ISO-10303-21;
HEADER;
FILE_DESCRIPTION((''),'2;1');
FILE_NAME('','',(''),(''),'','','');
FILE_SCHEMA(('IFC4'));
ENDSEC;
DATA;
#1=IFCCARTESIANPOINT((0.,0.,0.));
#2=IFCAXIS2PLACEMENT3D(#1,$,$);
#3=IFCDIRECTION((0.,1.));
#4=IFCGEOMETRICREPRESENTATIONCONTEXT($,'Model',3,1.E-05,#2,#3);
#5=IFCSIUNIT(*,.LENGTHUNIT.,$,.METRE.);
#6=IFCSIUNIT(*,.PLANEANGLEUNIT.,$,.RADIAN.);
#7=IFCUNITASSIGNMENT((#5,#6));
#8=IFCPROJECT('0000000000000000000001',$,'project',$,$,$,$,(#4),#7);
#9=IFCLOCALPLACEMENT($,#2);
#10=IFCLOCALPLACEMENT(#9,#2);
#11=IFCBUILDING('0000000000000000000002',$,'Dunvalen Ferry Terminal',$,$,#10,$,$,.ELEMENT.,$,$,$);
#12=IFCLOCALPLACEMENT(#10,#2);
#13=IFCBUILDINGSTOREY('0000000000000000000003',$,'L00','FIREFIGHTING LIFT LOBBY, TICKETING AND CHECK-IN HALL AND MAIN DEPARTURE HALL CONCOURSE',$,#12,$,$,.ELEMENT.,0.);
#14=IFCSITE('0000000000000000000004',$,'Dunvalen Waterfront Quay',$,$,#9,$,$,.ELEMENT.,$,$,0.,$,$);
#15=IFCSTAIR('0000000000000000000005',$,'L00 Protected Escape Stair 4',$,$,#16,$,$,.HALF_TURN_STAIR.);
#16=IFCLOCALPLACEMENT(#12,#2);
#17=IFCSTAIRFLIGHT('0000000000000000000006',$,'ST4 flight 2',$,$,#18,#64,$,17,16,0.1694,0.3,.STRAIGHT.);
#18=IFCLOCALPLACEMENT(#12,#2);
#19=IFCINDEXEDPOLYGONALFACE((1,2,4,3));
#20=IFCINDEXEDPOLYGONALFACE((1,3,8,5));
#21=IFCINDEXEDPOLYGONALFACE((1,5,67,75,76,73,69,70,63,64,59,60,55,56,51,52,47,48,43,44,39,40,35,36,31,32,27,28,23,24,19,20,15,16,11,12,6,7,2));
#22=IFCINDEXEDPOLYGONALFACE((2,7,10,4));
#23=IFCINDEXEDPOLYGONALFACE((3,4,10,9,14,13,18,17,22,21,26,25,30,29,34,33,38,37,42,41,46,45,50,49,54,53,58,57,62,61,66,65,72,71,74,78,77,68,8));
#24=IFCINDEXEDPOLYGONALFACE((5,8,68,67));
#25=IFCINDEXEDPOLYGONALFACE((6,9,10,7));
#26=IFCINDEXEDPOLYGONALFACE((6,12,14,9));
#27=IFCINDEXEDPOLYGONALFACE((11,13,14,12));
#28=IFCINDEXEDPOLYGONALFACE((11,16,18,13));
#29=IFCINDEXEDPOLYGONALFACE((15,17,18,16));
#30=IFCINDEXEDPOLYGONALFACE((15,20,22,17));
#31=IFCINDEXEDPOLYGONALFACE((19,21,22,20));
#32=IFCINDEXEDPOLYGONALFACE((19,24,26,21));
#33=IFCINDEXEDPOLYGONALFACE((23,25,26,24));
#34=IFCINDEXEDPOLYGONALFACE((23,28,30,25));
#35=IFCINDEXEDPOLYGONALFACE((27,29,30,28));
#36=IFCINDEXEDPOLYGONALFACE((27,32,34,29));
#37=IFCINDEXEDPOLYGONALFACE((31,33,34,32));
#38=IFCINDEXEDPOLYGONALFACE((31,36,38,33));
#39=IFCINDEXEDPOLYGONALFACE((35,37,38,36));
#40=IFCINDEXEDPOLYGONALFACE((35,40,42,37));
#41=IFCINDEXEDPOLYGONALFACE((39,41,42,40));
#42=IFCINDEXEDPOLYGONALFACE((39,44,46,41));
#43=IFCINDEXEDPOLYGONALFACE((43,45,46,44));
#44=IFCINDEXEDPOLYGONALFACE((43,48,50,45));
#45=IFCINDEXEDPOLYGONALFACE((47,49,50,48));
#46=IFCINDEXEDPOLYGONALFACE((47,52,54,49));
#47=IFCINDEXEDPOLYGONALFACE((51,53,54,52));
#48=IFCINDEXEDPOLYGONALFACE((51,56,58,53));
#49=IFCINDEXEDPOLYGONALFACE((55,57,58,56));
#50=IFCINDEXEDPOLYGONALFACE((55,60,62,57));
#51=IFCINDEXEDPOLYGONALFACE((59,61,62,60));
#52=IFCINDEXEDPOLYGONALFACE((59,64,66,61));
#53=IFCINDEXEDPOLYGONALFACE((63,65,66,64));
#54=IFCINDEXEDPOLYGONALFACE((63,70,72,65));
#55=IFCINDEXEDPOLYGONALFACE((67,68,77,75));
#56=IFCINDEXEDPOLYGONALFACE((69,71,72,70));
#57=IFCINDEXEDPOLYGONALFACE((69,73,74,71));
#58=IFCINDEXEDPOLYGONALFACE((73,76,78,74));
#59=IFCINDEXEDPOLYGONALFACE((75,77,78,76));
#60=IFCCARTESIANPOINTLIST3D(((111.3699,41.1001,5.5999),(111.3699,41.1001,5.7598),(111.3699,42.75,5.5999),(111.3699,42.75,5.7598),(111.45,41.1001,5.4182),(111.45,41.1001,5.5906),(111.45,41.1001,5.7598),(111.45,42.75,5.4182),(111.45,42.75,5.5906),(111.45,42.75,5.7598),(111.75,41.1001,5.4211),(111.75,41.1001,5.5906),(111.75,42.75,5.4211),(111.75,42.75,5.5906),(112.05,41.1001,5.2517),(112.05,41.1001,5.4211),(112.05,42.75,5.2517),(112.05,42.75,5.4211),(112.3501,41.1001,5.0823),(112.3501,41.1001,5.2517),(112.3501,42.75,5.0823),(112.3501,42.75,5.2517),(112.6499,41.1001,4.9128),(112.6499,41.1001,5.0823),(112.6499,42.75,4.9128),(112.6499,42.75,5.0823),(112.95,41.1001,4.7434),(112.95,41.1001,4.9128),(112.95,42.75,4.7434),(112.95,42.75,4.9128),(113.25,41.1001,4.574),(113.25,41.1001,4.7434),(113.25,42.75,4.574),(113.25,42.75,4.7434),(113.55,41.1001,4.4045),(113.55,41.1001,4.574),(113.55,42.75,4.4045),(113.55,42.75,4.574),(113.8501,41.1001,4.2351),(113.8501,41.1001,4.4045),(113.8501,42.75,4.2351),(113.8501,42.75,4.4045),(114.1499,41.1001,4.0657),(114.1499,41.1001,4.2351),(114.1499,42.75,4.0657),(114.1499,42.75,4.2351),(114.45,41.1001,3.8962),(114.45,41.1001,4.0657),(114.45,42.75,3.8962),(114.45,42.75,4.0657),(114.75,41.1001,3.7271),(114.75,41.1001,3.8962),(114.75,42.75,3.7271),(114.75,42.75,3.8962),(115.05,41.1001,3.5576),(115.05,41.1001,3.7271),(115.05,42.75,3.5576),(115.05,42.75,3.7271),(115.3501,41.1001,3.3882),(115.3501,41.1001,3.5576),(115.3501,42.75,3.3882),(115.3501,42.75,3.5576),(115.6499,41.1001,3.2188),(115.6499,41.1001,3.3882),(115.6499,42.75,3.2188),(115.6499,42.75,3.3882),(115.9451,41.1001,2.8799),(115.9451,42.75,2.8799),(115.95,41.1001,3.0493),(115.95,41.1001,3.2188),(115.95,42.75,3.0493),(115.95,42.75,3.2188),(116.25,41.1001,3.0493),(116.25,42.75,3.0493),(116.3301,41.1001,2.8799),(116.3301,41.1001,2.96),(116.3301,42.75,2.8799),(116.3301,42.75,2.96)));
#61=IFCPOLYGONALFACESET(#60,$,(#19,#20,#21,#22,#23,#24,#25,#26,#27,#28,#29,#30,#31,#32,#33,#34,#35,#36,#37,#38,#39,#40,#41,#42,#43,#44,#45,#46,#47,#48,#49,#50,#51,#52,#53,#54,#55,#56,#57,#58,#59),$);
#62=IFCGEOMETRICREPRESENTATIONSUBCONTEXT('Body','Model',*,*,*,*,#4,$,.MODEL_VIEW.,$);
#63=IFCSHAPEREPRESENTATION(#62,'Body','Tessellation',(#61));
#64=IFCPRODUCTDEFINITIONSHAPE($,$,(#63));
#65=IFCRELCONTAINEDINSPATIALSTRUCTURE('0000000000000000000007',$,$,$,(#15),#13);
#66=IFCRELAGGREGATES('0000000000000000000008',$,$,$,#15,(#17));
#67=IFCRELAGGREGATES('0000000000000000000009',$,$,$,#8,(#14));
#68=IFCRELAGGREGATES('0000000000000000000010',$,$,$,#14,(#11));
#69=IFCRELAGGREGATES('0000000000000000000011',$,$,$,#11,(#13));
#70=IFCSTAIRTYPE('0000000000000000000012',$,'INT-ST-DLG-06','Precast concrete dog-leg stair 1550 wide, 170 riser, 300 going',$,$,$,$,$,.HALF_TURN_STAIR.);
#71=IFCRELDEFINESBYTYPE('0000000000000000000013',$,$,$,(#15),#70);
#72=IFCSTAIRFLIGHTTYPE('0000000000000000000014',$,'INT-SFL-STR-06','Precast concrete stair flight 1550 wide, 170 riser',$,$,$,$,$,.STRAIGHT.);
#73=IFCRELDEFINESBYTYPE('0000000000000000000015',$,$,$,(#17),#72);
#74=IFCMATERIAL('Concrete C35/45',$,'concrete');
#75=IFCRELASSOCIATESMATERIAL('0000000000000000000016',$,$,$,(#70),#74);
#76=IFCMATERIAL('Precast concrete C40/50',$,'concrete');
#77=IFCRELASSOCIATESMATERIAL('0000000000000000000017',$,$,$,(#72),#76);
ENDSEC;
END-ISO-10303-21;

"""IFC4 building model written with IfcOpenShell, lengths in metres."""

from ifc_helpers import new_model, si_unit, direction, frame, origin, place, context, subcontext, project, spatial, polyline, outline, extrude, material, type_object, element, aggregate, save


model = new_model("IFC4")

# Units and contexts
model_context = context("Model", 3, precision=1e-05, world=origin(), true_north=direction((0.0, 1.0)))
body_context = subcontext(model_context, "Body", "Model", "MODEL_VIEW")
ifc_project = project(units=[si_unit("LENGTHUNIT", "METRE"), si_unit("PLANEANGLEUNIT", "RADIAN")], contexts=[model_context])

# Site, building, storey
site_placement = place(None, origin())
site = spatial("IfcSite", under=ifc_project, at=site_placement, Name="Dunvalen Waterfront Quay", CompositionType="ELEMENT", RefElevation=0.0)
building_placement = place(site_placement, origin())
building = spatial("IfcBuilding", under=site, at=building_placement, Name="Dunvalen Ferry Terminal", CompositionType="ELEMENT")
storey_placement = place(building_placement, origin())
storey = spatial("IfcBuildingStorey", under=building, at=storey_placement, Name="L00", Description="FIREFIGHTING LIFT LOBBY, TICKETING AND CHECK-IN HALL AND MAIN DEPARTURE HALL CONCOURSE", CompositionType="ELEMENT", Elevation=0.0)

# Stair, stair flight
ifc_material_1 = material(Name="Concrete C35/45", Category="concrete")
stair_type = type_object("IfcStairType", Name="INT-ST-DLG-06", Description="Precast concrete dog-leg stair 1550 wide, 170 riser, 300 going", PredefinedType="HALF_TURN_STAIR", material=ifc_material_1)
stair_placement = place(storey_placement, origin())
stair = element("IfcStair", 1, at=stair_placement, inside=storey, type_object=stair_type, Name="L00 Protected Escape Stair 4", PredefinedType="HALF_TURN_STAIR")
ifc_material_2 = material(Name="Precast concrete C40/50", Category="concrete")
stair_flight_type = type_object("IfcStairFlightType", Name="INT-SFL-STR-06", Description="Precast concrete stair flight 1550 wide, 170 riser", PredefinedType="STRAIGHT", material=ifc_material_2)
stair_flight_placement = place(storey_placement, frame((116.25, 41.925, 2.8799), z_axis=(0.0, 0.0, 1.0), x_axis=(-1.0, 0.0, 0.0)))
stair_flight = element("IfcStairFlight", 2, at=stair_flight_placement, type_object=stair_flight_type, Name="ST4 flight 2", NumberOfRisers=17, NumberOfTreads=16, PredefinedType="STRAIGHT", RiserHeight=0.1694, TreadLength=0.3, context=body_context, shape_type="SweptSolid", body=[
    extrude(outline(polyline([(-0.0801, 0.0), (-0.0801, 0.0801), (0.0, 0.1694), (0.3, 0.1694), (0.3, 0.3389), (0.6001, 0.3389), (0.6001, 0.5083), (0.8999, 0.5083), (0.8999, 0.6777), (1.2, 0.6777), (1.2, 0.8472), (1.5, 0.8472), (1.5, 1.0164), (1.8, 1.0164), (1.8, 1.1858), (2.1001, 1.1858), (2.1001, 1.3552), (2.3999, 1.3552), (2.3999, 1.5247), (2.7, 1.5247), (2.7, 1.6941), (3.0, 1.6941), (3.0, 1.8635), (3.3, 1.8635), (3.3, 2.033), (3.6001, 2.033), (3.6001, 2.2024), (3.8999, 2.2024), (3.8999, 2.3718), (4.2, 2.3718), (4.2, 2.5413), (4.5, 2.5413), (4.5, 2.7107), (4.8, 2.7107), (4.8, 2.8799), (4.8801, 2.8799), (4.8801, 2.72), (4.8, 2.5383), (0.3049, 0.0), (-0.0801, 0.0)])), frame((0.0, 0.825, 0.0), z_axis=(0.0, -1.0, 0.0), x_axis=(1.0, 0.0, 0.0)), (0.0, 0.0, 1.0), 1.6499),
])
aggregate(stair, [stair_flight])

save(model, "model.ifc")
